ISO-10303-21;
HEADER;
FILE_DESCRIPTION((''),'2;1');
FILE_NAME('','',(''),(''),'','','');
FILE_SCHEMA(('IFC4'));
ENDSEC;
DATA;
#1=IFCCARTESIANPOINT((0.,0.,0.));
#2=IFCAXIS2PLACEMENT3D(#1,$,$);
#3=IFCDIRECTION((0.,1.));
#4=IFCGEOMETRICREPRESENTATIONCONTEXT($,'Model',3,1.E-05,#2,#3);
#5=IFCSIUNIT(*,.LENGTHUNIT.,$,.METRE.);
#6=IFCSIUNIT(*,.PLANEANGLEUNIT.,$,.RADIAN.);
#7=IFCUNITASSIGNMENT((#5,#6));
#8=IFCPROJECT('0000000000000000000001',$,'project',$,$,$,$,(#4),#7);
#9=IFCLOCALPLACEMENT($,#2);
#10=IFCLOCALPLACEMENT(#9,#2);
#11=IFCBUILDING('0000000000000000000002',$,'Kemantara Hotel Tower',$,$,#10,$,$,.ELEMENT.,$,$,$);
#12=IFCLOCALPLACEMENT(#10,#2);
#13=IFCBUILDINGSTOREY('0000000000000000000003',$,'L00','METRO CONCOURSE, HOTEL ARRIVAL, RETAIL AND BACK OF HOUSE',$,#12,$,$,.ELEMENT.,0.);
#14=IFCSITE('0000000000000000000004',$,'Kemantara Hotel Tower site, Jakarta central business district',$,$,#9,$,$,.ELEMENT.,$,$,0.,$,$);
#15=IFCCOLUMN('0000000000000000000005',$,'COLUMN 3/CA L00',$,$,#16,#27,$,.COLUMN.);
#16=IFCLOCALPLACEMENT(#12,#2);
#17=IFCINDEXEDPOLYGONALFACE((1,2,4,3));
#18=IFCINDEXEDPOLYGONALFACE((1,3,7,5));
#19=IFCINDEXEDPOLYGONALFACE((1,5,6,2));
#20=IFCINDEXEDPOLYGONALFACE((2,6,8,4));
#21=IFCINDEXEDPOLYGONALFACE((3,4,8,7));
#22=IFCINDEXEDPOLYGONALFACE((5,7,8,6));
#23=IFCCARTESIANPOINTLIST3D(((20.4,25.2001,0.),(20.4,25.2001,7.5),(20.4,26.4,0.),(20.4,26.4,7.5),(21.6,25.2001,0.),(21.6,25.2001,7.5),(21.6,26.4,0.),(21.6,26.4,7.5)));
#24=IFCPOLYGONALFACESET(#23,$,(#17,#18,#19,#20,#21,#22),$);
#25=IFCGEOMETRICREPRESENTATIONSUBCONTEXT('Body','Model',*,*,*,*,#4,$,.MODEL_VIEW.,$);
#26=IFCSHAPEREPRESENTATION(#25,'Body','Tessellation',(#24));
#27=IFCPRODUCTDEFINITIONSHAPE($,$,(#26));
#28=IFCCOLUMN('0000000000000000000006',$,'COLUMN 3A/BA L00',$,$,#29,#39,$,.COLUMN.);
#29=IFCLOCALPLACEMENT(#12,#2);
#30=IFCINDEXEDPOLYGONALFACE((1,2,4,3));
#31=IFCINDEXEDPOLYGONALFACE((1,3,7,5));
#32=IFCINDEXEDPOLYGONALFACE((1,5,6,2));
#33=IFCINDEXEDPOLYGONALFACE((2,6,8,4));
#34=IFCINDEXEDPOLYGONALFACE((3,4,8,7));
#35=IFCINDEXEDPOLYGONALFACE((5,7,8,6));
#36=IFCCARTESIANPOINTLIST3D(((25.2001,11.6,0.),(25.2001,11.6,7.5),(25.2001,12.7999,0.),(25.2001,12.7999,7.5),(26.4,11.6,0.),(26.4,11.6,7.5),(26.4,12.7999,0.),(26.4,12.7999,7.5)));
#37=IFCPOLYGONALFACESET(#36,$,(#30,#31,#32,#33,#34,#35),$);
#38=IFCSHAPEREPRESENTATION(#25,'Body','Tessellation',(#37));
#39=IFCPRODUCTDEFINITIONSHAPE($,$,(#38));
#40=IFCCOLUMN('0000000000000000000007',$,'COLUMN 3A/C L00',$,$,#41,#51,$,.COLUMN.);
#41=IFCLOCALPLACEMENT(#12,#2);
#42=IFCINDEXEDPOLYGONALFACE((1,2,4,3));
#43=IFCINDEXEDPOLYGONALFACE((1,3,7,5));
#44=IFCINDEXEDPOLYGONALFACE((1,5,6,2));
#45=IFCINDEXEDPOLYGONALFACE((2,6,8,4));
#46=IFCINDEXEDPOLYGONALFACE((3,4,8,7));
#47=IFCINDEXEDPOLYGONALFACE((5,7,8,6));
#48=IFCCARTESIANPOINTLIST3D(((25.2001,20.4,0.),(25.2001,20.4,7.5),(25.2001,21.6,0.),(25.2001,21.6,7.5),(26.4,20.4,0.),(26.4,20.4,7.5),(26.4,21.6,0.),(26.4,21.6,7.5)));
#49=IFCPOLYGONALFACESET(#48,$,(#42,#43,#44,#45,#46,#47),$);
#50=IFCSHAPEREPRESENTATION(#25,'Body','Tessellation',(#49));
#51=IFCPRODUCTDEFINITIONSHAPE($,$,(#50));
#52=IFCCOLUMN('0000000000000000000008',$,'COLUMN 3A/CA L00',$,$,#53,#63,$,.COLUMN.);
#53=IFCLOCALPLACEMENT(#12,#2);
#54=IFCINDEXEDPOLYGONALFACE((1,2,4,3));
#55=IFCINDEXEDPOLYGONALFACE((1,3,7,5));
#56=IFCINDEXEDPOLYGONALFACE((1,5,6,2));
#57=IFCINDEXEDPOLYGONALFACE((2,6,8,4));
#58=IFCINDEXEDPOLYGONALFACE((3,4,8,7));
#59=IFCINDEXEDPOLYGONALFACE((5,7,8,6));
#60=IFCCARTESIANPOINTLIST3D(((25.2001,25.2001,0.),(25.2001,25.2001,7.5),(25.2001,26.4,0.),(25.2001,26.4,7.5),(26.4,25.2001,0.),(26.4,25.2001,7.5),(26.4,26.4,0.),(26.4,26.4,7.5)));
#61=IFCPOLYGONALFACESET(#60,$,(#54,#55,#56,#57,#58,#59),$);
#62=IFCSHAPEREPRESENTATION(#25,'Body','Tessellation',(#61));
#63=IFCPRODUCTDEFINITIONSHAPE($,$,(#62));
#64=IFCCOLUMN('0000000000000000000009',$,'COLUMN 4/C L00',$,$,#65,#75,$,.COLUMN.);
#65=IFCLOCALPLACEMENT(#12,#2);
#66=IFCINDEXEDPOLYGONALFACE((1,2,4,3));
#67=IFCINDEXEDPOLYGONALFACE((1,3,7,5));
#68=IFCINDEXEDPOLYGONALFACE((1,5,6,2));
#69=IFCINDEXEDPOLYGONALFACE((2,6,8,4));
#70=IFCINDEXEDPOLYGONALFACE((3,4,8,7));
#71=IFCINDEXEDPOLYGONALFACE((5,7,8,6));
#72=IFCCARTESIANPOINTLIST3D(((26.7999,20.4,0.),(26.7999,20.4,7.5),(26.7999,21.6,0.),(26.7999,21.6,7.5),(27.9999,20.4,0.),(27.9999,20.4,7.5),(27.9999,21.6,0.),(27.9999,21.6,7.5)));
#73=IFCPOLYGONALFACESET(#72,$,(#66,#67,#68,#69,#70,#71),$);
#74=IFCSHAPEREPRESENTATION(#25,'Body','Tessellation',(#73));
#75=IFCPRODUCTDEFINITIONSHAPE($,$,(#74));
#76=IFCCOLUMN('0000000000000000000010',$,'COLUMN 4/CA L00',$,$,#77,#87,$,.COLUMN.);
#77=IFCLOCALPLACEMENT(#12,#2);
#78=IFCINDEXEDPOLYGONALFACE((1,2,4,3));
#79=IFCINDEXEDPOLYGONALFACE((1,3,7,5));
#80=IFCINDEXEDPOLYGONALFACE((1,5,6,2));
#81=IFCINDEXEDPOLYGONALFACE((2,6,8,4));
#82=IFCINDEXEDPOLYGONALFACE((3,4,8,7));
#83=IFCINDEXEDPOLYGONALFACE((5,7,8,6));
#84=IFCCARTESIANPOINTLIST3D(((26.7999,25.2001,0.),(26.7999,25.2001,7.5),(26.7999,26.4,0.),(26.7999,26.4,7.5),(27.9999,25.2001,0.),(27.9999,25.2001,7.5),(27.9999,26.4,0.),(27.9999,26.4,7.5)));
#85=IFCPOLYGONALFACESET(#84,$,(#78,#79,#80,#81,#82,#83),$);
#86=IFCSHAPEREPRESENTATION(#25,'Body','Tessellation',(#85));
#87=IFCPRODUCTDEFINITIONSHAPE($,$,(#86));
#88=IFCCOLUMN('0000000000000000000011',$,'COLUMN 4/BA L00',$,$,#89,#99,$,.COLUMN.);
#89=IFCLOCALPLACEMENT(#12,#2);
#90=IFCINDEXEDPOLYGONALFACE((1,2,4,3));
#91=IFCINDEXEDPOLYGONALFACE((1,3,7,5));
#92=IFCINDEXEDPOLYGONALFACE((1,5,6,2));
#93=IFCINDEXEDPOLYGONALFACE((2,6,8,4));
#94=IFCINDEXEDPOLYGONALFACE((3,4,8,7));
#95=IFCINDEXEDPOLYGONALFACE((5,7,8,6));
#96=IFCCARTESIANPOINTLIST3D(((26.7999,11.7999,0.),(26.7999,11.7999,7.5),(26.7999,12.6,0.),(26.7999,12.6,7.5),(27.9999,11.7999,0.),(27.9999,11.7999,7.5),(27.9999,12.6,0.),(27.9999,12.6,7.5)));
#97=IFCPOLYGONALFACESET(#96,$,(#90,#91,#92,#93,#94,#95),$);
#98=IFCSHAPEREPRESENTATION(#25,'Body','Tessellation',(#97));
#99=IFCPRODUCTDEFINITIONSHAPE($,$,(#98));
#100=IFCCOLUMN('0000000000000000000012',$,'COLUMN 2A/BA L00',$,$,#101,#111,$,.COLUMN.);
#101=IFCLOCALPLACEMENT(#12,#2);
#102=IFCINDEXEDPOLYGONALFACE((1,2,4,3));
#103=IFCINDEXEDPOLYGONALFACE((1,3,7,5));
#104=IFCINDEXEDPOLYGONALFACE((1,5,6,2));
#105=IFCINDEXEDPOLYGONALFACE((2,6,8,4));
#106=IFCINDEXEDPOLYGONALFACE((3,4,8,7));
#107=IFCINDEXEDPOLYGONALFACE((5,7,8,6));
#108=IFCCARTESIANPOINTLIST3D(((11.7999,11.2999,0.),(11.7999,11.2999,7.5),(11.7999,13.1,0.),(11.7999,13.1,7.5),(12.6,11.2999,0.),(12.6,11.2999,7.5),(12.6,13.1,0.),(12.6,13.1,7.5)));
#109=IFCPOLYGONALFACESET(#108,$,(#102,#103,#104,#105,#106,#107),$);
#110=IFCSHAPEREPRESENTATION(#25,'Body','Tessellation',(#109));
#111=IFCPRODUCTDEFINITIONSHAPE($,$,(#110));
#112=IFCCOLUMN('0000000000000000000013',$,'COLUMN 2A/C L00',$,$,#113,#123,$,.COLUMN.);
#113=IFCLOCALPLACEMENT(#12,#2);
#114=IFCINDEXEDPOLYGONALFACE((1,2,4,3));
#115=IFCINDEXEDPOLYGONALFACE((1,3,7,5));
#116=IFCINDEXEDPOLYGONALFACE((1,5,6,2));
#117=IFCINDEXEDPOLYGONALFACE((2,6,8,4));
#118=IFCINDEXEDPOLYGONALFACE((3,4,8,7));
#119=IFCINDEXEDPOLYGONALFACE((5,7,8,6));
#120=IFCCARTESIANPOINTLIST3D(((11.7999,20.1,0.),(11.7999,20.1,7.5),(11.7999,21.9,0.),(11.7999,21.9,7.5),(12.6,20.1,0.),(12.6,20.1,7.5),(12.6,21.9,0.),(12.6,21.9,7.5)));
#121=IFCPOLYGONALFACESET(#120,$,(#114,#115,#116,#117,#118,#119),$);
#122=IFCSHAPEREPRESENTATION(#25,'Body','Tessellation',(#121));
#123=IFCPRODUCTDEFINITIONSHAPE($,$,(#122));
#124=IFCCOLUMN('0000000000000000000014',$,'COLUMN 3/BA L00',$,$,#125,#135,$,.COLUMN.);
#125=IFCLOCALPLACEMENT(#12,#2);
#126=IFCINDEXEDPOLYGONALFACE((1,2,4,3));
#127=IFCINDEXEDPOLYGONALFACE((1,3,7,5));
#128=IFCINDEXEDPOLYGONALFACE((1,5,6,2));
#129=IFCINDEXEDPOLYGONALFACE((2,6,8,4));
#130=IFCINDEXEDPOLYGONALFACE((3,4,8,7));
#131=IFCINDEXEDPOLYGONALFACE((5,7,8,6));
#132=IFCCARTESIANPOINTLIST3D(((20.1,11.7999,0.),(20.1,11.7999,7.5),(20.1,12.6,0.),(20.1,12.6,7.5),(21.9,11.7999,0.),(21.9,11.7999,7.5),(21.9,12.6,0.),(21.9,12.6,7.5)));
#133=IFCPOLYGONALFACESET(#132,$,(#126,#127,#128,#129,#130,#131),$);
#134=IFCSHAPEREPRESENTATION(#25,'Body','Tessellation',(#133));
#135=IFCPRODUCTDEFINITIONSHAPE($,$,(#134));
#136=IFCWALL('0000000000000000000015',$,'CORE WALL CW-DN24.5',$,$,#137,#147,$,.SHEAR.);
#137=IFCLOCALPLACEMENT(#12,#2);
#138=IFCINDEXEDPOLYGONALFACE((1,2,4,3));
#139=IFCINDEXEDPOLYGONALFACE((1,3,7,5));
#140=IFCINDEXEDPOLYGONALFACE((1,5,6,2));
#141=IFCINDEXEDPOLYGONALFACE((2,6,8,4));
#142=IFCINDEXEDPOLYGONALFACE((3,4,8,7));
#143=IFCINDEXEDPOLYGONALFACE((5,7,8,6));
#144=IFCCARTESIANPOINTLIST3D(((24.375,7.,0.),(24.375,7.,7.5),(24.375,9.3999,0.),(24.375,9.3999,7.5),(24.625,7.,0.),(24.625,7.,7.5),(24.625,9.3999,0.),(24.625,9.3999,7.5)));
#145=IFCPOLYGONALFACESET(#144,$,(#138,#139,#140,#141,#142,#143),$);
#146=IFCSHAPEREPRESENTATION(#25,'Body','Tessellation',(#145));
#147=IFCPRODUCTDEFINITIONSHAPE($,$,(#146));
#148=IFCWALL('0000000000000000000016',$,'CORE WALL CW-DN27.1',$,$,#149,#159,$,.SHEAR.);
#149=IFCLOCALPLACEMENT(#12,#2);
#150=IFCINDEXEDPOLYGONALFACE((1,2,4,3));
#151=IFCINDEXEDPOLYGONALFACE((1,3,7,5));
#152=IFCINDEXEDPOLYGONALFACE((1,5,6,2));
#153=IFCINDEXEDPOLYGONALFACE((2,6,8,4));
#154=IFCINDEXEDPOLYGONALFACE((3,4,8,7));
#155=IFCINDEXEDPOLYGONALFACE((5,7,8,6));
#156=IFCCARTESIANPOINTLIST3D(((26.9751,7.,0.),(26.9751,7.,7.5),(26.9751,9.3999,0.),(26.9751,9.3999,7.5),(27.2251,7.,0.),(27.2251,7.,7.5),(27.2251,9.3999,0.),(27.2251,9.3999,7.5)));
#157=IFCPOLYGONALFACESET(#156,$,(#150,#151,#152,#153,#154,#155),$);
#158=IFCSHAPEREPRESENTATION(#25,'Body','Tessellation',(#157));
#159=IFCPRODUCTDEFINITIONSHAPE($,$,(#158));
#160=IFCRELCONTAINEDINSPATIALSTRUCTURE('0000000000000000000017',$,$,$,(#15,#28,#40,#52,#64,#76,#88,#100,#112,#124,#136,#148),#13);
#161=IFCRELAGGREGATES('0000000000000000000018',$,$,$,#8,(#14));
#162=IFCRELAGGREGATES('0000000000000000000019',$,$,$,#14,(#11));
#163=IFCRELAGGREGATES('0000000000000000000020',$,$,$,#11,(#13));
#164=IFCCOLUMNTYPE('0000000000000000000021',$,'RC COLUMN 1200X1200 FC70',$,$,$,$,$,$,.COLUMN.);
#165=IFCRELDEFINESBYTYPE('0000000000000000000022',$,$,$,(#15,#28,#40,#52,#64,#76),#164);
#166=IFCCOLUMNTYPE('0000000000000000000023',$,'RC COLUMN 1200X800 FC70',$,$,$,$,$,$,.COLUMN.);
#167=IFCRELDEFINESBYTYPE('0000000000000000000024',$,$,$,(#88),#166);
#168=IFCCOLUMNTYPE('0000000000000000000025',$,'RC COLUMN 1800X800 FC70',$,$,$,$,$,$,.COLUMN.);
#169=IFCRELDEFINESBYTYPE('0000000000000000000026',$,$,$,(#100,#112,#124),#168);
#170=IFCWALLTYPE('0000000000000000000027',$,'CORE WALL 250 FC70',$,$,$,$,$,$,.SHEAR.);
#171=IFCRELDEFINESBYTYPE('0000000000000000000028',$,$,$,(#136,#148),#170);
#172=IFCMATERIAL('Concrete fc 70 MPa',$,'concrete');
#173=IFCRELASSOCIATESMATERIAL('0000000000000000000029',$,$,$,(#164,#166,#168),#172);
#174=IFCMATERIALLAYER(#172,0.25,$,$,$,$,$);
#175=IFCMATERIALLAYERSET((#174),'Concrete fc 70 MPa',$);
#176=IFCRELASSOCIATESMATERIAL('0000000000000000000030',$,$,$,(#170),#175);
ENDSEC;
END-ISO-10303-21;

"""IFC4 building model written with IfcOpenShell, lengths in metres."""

from ifc_helpers import new_model, si_unit, direction, frame, frame_2d, origin, origin_2d, place, context, subcontext, project, spatial, rectangle, extrude, material, layer, layer_set, material_profile, profile_set, type_object, element, save


model = new_model("IFC4")

# Units and contexts
model_context = context("Model", 3, precision=1e-05, world=origin(), true_north=direction((0.0, 1.0)))
body_context = subcontext(model_context, "Body", "Model", "MODEL_VIEW")
ifc_project = project(units=[si_unit("LENGTHUNIT", "METRE"), si_unit("PLANEANGLEUNIT", "RADIAN")], contexts=[model_context])

# Site, building, storey
site_placement = place(None, origin())
site = spatial("IfcSite", under=ifc_project, at=site_placement, Name="Kemantara Hotel Tower site, Jakarta central business district", CompositionType="ELEMENT", RefElevation=0.0)
building_placement = place(site_placement, origin())
building = spatial("IfcBuilding", under=site, at=building_placement, Name="Kemantara Hotel Tower", CompositionType="ELEMENT")
storey_placement = place(building_placement, origin())
storey = spatial("IfcBuildingStorey", under=building, at=storey_placement, Name="L00", Description="METRO CONCOURSE, HOTEL ARRIVAL, RETAIL AND BACK OF HOUSE", CompositionType="ELEMENT", Elevation=0.0)

# Columns
ifc_material_1 = material(Name="Concrete fc 70 MPa", Category="concrete")
ifc_material_profile_1 = material_profile(ifc_material_1, rectangle(XDim=1.2, YDim=1.2, at=origin_2d()), Name="RC 1200X1200")
ifc_profile_set_1 = profile_set([ifc_material_profile_1], Name="Concrete fc 70 MPa")
column_type_1 = type_object("IfcColumnType", Name="RC COLUMN 1200X1200 FC70", PredefinedType="COLUMN", material=ifc_profile_set_1)
for number, where, z_axis, x_axis, name in (
    (1, (21.0, 25.8, 0.0), (0.0, 0.0, 1.0), (1.0, 0.0, 0.0), "COLUMN 3/CA L00"),
    (2, (25.8, 12.2, 0.0), (0.0, 0.0, 1.0), (1.0, 0.0, 0.0), "COLUMN 3A/BA L00"),
    (3, (25.8, 21.0, 0.0), (0.0, 0.0, 1.0), (1.0, 0.0, 0.0), "COLUMN 3A/C L00"),
    (4, (25.8, 25.8, 0.0), (0.0, 0.0, 1.0), (1.0, 0.0, 0.0), "COLUMN 3A/CA L00"),
    (5, (27.3999, 21.0, 0.0), (0.0, 0.0, 1.0), (1.0, 0.0, 0.0), "COLUMN 4/C L00"),
    (6, (27.3999, 25.8, 0.0), (0.0, 0.0, 1.0), (1.0, 0.0, 0.0), "COLUMN 4/CA L00"),
):
    element("IfcColumn", number, at=place(storey_placement, frame(where, z_axis=z_axis, x_axis=x_axis)), inside=storey, type_object=column_type_1, Name=name, PredefinedType="COLUMN", context=body_context, shape_type="SweptSolid", body=[
        extrude(rectangle(XDim=1.2, YDim=1.2, at=origin_2d()), origin(), (0.0, 0.0, 1.0), 7.5),
    ])
ifc_material_profile_2 = material_profile(ifc_material_1, rectangle(XDim=1.2, YDim=0.8, at=origin_2d()), Name="RC 1200X800")
ifc_profile_set_2 = profile_set([ifc_material_profile_2], Name="Concrete fc 70 MPa")
column_type_2 = type_object("IfcColumnType", Name="RC COLUMN 1200X800 FC70", PredefinedType="COLUMN", material=ifc_profile_set_2)
column_placement = place(storey_placement, frame((27.3999, 12.2, 0.0), z_axis=(0.0, 0.0, 1.0), x_axis=(1.0, 0.0, 0.0)))
element("IfcColumn", 7, at=column_placement, inside=storey, type_object=column_type_2, Name="COLUMN 4/BA L00", PredefinedType="COLUMN", context=body_context, shape_type="SweptSolid", body=[
    extrude(rectangle(XDim=1.2, YDim=0.8, at=origin_2d()), origin(), (0.0, 0.0, 1.0), 7.5),
])
ifc_material_profile_3 = material_profile(ifc_material_1, rectangle(XDim=1.8, YDim=0.8, at=origin_2d()), Name="RC 1800X800")
ifc_profile_set_3 = profile_set([ifc_material_profile_3], Name="Concrete fc 70 MPa")
column_type_3 = type_object("IfcColumnType", Name="RC COLUMN 1800X800 FC70", PredefinedType="COLUMN", material=ifc_profile_set_3)
for number, where, z_axis, x_axis, name in (
    (8, (12.2, 12.2, 0.0), (0.0, 0.0, 1.0), (0.0, 1.0, 0.0), "COLUMN 2A/BA L00"),
    (9, (12.2, 21.0, 0.0), (0.0, 0.0, 1.0), (0.0, 1.0, 0.0), "COLUMN 2A/C L00"),
    (10, (21.0, 12.2, 0.0), (0.0, 0.0, 1.0), (1.0, 0.0, 0.0), "COLUMN 3/BA L00"),
):
    element("IfcColumn", number, at=place(storey_placement, frame(where, z_axis=z_axis, x_axis=x_axis)), inside=storey, type_object=column_type_3, Name=name, PredefinedType="COLUMN", context=body_context, shape_type="SweptSolid", body=[
        extrude(rectangle(XDim=1.8, YDim=0.8, at=origin_2d()), origin(), (0.0, 0.0, 1.0), 7.5),
    ])

# Walls
ifc_layer_1 = layer(ifc_material_1, 0.25)
ifc_layer_set_1 = layer_set([ifc_layer_1], Name="Concrete fc 70 MPa")
wall_type_1 = type_object("IfcWallType", Name="CORE WALL 250 FC70", PredefinedType="SHEAR", material=ifc_layer_set_1)
for number, where, z_axis, x_axis, name in (
    (11, (24.5, 7.0, 0.0), (0.0, 0.0, 1.0), (0.0, 1.0, 0.0), "CORE WALL CW-DN24.5"),
    (12, (27.1001, 7.0, 0.0), (0.0, 0.0, 1.0), (0.0, 1.0, 0.0), "CORE WALL CW-DN27.1"),
):
    element("IfcWall", number, at=place(storey_placement, frame(where, z_axis=z_axis, x_axis=x_axis)), inside=storey, type_object=wall_type_1, Name=name, PredefinedType="SHEAR", context=body_context, shape_type="SweptSolid", body=[
        extrude(rectangle(XDim=2.3999, YDim=0.25, at=frame_2d((1.2, 0.0))), origin(), (0.0, 0.0, 1.0), 7.5),
    ])

save(model, "model.ifc")
